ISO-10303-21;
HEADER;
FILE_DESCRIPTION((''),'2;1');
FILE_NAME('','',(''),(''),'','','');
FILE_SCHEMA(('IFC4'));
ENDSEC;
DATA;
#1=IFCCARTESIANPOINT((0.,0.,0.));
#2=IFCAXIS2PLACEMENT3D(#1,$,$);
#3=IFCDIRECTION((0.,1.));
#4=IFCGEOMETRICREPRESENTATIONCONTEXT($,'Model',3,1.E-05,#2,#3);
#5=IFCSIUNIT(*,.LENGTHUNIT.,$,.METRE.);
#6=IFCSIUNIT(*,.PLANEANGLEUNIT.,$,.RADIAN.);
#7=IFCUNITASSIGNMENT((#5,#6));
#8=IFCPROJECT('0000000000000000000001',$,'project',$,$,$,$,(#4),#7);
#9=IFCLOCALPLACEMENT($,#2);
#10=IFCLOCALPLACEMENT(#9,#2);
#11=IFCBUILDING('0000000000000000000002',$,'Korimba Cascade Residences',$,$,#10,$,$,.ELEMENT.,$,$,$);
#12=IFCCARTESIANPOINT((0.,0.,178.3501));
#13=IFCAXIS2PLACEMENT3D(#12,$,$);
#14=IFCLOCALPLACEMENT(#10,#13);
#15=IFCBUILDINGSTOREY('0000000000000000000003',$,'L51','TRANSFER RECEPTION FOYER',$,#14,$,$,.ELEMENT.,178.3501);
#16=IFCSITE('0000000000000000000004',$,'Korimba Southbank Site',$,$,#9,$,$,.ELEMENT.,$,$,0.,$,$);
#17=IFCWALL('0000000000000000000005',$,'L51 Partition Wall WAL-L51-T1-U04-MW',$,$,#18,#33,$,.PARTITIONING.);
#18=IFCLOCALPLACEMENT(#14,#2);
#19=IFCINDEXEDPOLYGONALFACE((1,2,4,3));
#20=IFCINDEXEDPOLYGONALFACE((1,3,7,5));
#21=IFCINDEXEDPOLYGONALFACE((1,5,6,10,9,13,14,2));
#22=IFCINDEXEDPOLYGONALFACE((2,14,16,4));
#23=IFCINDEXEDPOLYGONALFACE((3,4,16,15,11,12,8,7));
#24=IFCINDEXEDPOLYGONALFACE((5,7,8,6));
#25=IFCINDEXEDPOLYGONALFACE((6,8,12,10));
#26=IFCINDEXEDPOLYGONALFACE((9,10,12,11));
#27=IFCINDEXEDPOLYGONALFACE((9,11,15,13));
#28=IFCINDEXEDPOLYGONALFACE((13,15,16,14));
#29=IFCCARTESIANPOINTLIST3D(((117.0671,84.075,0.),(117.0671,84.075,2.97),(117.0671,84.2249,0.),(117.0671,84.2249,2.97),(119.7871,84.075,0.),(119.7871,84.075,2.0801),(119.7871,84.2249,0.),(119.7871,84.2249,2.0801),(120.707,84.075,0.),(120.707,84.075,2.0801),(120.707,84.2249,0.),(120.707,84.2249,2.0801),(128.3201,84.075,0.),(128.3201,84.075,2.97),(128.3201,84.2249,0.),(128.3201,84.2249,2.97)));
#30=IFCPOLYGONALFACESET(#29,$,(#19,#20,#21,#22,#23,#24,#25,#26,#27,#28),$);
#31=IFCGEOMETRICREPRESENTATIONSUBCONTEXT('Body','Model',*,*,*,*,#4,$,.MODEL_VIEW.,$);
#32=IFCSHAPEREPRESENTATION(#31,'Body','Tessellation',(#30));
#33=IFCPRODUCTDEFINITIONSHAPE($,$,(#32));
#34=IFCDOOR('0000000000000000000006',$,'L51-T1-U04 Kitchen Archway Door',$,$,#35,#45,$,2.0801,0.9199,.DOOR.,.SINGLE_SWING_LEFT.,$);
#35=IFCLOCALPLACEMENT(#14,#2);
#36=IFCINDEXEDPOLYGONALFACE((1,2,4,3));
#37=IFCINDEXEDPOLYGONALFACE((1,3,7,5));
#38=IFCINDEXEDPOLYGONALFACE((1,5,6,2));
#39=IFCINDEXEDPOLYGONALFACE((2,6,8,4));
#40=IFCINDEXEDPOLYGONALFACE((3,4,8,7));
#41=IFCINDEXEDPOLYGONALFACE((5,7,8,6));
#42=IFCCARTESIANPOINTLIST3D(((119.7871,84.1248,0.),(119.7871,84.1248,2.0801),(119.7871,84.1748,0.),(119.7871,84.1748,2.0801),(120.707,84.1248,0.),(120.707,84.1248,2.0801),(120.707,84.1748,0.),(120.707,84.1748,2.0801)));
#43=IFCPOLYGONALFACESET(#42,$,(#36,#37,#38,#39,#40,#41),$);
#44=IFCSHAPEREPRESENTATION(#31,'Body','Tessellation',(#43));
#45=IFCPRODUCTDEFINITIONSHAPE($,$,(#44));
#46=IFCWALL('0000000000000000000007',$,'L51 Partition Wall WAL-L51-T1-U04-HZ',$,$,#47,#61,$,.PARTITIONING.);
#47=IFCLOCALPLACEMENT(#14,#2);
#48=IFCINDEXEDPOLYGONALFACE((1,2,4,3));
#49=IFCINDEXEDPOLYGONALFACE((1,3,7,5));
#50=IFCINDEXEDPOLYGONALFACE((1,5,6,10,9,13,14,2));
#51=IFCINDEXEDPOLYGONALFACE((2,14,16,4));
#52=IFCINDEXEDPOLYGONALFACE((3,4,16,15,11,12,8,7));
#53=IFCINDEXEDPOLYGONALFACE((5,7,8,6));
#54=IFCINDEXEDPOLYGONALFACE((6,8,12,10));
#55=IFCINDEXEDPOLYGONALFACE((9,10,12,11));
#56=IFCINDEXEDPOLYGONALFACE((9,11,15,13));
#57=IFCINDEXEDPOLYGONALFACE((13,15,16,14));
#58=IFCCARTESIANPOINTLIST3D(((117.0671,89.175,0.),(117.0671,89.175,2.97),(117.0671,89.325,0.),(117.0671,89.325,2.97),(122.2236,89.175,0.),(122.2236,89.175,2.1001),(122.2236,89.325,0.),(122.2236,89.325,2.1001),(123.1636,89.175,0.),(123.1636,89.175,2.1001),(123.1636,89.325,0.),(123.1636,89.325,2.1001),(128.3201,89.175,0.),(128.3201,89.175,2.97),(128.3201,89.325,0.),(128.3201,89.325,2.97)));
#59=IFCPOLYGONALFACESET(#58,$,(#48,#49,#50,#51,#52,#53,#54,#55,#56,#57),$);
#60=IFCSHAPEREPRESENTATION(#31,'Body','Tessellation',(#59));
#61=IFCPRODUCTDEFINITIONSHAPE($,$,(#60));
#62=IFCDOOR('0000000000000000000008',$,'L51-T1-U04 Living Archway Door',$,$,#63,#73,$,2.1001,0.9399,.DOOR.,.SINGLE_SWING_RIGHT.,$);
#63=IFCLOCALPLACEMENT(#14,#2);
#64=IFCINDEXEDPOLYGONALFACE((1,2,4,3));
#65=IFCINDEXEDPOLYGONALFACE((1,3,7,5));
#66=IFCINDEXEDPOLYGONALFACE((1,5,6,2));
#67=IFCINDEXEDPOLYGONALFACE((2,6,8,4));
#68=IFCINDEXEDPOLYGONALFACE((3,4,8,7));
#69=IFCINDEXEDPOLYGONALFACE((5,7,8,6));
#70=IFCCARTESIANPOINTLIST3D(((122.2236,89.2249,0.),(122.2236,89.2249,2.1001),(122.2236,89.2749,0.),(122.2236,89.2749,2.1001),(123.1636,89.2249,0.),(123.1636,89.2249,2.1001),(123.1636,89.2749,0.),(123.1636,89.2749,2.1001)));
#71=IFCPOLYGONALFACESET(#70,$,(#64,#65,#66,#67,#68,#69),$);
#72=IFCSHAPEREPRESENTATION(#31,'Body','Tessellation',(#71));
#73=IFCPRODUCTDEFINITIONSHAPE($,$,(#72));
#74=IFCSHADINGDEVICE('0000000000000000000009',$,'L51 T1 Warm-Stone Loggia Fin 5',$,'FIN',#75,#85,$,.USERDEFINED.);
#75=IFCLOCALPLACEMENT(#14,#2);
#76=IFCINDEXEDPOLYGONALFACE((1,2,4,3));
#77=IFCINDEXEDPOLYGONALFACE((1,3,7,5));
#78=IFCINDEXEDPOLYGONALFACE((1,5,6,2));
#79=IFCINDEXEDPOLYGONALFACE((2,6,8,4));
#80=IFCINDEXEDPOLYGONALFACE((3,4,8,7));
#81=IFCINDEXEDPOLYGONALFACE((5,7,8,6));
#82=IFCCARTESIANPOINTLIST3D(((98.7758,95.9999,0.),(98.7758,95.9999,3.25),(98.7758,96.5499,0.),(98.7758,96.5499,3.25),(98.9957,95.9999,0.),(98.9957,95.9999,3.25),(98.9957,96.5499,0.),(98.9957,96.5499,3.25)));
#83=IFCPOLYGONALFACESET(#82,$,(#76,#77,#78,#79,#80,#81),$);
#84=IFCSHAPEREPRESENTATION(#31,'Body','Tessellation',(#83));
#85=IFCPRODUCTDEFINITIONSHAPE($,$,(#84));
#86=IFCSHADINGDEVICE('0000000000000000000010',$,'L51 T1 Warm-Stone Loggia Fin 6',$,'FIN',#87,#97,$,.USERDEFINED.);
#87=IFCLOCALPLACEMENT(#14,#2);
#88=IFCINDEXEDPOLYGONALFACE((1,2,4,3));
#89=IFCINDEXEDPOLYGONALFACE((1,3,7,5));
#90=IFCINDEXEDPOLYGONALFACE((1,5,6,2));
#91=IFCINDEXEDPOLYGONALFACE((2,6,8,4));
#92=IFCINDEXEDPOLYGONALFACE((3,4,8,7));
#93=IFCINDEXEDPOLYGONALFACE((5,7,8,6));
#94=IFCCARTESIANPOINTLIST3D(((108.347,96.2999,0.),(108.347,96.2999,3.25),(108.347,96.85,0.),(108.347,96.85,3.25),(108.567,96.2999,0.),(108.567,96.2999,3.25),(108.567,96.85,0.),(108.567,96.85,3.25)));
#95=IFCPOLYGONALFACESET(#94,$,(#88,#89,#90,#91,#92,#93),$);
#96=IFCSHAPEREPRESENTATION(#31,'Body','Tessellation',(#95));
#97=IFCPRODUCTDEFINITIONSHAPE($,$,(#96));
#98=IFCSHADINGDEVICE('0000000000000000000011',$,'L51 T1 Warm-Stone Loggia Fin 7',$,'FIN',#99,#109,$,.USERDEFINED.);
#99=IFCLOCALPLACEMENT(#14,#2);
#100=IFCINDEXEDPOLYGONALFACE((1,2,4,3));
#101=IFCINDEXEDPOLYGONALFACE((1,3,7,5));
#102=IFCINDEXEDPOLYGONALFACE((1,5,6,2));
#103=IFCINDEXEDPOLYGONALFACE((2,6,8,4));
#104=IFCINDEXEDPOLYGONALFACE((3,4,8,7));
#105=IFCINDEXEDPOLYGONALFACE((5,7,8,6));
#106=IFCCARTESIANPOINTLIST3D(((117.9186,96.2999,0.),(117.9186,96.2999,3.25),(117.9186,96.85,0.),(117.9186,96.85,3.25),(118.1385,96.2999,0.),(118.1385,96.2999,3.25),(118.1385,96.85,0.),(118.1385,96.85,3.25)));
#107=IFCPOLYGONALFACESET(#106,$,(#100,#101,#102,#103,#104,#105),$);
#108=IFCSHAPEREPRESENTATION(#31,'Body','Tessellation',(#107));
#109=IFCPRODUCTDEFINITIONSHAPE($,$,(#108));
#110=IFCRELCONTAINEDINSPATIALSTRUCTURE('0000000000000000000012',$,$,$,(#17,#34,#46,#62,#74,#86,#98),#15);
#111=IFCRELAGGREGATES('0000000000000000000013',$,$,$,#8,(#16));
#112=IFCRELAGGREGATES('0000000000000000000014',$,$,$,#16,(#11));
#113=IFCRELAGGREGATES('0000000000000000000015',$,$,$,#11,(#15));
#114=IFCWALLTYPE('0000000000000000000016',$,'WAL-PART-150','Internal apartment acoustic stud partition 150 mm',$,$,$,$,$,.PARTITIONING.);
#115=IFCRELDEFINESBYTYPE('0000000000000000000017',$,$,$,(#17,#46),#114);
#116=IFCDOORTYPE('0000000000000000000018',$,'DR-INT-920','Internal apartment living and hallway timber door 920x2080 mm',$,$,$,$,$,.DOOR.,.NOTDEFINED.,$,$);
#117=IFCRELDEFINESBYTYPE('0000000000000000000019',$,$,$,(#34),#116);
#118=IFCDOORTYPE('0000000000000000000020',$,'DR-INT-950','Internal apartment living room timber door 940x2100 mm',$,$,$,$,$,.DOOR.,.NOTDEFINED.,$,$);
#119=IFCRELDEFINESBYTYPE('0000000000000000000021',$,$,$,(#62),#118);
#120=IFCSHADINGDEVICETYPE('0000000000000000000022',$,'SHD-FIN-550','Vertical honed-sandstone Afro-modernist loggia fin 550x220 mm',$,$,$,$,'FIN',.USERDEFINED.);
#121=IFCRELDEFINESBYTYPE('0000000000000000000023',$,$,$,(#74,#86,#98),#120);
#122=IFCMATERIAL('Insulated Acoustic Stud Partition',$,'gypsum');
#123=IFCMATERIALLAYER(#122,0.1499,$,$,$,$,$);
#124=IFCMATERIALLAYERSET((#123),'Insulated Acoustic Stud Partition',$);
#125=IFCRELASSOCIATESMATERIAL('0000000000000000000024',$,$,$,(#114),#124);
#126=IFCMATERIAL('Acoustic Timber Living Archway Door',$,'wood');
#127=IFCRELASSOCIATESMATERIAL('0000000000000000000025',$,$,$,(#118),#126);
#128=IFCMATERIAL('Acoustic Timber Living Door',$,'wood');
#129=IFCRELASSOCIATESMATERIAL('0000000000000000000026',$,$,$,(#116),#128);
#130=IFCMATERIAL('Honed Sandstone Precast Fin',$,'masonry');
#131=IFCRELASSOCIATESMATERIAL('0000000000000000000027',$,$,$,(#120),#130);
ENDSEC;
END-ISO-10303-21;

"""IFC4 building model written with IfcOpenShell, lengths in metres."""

from ifc_helpers import new_model, si_unit, direction, frame, frame_2d, origin, origin_2d, place, context, subcontext, project, spatial, rectangle, extrude, material, layer, layer_set, type_object, element, fill, save


model = new_model("IFC4")

# Units and contexts
model_context = context("Model", 3, precision=1e-05, world=origin(), true_north=direction((0.0, 1.0)))
body_context = subcontext(model_context, "Body", "Model", "MODEL_VIEW")
ifc_project = project(units=[si_unit("LENGTHUNIT", "METRE"), si_unit("PLANEANGLEUNIT", "RADIAN")], contexts=[model_context])

# Site, building, storey
site_placement = place(None, origin())
site = spatial("IfcSite", under=ifc_project, at=site_placement, Name="Korimba Southbank Site", CompositionType="ELEMENT", RefElevation=0.0)
building_placement = place(site_placement, origin())
building = spatial("IfcBuilding", under=site, at=building_placement, Name="Korimba Cascade Residences", CompositionType="ELEMENT")
storey_placement = place(building_placement, frame((0.0, 0.0, 178.3501)))
storey = spatial("IfcBuildingStorey", under=building, at=storey_placement, Name="L51", Description="TRANSFER RECEPTION FOYER", CompositionType="ELEMENT", Elevation=178.3501)

# Shared definitions
ifc_material_1 = material(Name="Insulated Acoustic Stud Partition", Category="gypsum")
ifc_layer = layer(ifc_material_1, 0.1499)
ifc_layer_set = layer_set([ifc_layer], Name="Insulated Acoustic Stud Partition")
wall_type = type_object("IfcWallType", Name="WAL-PART-150", Description="Internal apartment acoustic stud partition 150 mm", PredefinedType="PARTITIONING", material=ifc_layer_set)

# Shared definitions
ifc_material_2 = material(Name="Acoustic Timber Living Archway Door", Category="wood")
door_type_1 = type_object("IfcDoorType", Name="DR-INT-950", Description="Internal apartment living room timber door 940x2100 mm", OperationType="NOTDEFINED", PredefinedType="DOOR", material=ifc_material_2)

# Walls, openings, doors
wall_1_placement = place(storey_placement, frame((117.0671, 84.1499, 0.0), z_axis=(0.0, 0.0, 1.0), x_axis=(1.0, 0.0, 0.0)))
wall_1 = element("IfcWall", 1, at=wall_1_placement, inside=storey, type_object=wall_type, Name="L51 Partition Wall WAL-L51-T1-U04-MW", PredefinedType="PARTITIONING", context=body_context, shape_type="SweptSolid", body=[
    extrude(rectangle(XDim=11.2529, YDim=0.1499, at=frame_2d((5.6265, 0.0))), origin(), (0.0, 0.0, 1.0), 2.97),
])
opening_1_placement = place(wall_1_placement, frame((2.72, 0.0, 0.0)))
opening_1 = element("IfcOpeningElement", 2, at=opening_1_placement, cuts=wall_1, PredefinedType="OPENING", context=body_context, shape_type="SweptSolid", body=[
    extrude(rectangle(XDim=0.9199, YDim=2.0801, at=frame_2d((0.46, 1.04))), frame((0.0, 0.085, 0.0), z_axis=(0.0, -1.0, 0.0), x_axis=(1.0, 0.0, 0.0)), (0.0, 0.0, 1.0), 0.1699),
])
ifc_material_3 = material(Name="Acoustic Timber Living Door", Category="wood")
door_type_2 = type_object("IfcDoorType", Name="DR-INT-920", Description="Internal apartment living and hallway timber door 920x2080 mm", OperationType="NOTDEFINED", PredefinedType="DOOR", material=ifc_material_3)
door_1_placement = place(opening_1_placement, origin())
door_1 = element("IfcDoor", 3, at=door_1_placement, inside=storey, type_object=door_type_2, Name="L51-T1-U04 Kitchen Archway Door", OperationType="SINGLE_SWING_LEFT", OverallHeight=2.0801, OverallWidth=0.9199, PredefinedType="DOOR", context=body_context, shape_type="SweptSolid", body=[
    extrude(rectangle(XDim=0.9199, YDim=2.0801, at=frame_2d((0.46, 1.04))), frame((0.0, 0.0249, 0.0), z_axis=(0.0, -1.0, 0.0), x_axis=(1.0, 0.0, 0.0)), (0.0, 0.0, 1.0), 0.05),
])
fill(opening_1, door_1)
wall_2_placement = place(storey_placement, frame((117.0671, 89.25, 0.0), z_axis=(0.0, 0.0, 1.0), x_axis=(1.0, 0.0, 0.0)))
wall_2 = element("IfcWall", 4, at=wall_2_placement, inside=storey, type_object=wall_type, Name="L51 Partition Wall WAL-L51-T1-U04-HZ", PredefinedType="PARTITIONING", context=body_context, shape_type="SweptSolid", body=[
    extrude(rectangle(XDim=11.2529, YDim=0.1499, at=frame_2d((5.6265, 0.0))), origin(), (0.0, 0.0, 1.0), 2.97),
])
opening_2_placement = place(wall_2_placement, frame((5.1565, 0.0, 0.0)))
opening_2 = element("IfcOpeningElement", 5, at=opening_2_placement, cuts=wall_2, PredefinedType="OPENING", context=body_context, shape_type="SweptSolid", body=[
    extrude(rectangle(XDim=0.9399, YDim=2.1001, at=frame_2d((0.47, 1.05))), frame((0.0, 0.085, 0.0), z_axis=(0.0, -1.0, 0.0), x_axis=(1.0, 0.0, 0.0)), (0.0, 0.0, 1.0), 0.1699),
])
door_2_placement = place(opening_2_placement, origin())
door_2 = element("IfcDoor", 6, at=door_2_placement, inside=storey, type_object=door_type_1, Name="L51-T1-U04 Living Archway Door", OperationType="SINGLE_SWING_RIGHT", OverallHeight=2.1001, OverallWidth=0.9399, PredefinedType="DOOR", context=body_context, shape_type="SweptSolid", body=[
    extrude(rectangle(XDim=0.9399, YDim=2.1001, at=frame_2d((0.47, 1.05))), frame((0.0, 0.0249, 0.0), z_axis=(0.0, -1.0, 0.0), x_axis=(1.0, 0.0, 0.0)), (0.0, 0.0, 1.0), 0.05),
])
fill(opening_2, door_2)

# Shading devices
ifc_material_4 = material(Name="Honed Sandstone Precast Fin", Category="masonry")
shading_device_type = type_object("IfcShadingDeviceType", Name="SHD-FIN-550", Description="Vertical honed-sandstone Afro-modernist loggia fin 550x220 mm", ElementType="FIN", PredefinedType="USERDEFINED", material=ifc_material_4)
for number, where, z_axis, x_axis, name in (
    (7, (98.8857, 96.2749, 0.0), (0.0, 0.0, 1.0), (1.0, 0.0, 0.0), "L51 T1 Warm-Stone Loggia Fin 5"),
    (8, (108.457, 96.575, 0.0), (0.0, 0.0, 1.0), (1.0, 0.0, 0.0), "L51 T1 Warm-Stone Loggia Fin 6"),
    (9, (118.0286, 96.575, 0.0), (0.0, 0.0, 1.0), (1.0, 0.0, 0.0), "L51 T1 Warm-Stone Loggia Fin 7"),
):
    element("IfcShadingDevice", number, at=place(storey_placement, frame(where, z_axis=z_axis, x_axis=x_axis)), inside=storey, type_object=shading_device_type, Name=name, ObjectType="FIN", PredefinedType="USERDEFINED", context=body_context, shape_type="SweptSolid", body=[
        extrude(rectangle(XDim=0.22, YDim=0.55, at=origin_2d()), origin(), (0.0, 0.0, 1.0), 3.25),
    ])

save(model, "model.ifc")
